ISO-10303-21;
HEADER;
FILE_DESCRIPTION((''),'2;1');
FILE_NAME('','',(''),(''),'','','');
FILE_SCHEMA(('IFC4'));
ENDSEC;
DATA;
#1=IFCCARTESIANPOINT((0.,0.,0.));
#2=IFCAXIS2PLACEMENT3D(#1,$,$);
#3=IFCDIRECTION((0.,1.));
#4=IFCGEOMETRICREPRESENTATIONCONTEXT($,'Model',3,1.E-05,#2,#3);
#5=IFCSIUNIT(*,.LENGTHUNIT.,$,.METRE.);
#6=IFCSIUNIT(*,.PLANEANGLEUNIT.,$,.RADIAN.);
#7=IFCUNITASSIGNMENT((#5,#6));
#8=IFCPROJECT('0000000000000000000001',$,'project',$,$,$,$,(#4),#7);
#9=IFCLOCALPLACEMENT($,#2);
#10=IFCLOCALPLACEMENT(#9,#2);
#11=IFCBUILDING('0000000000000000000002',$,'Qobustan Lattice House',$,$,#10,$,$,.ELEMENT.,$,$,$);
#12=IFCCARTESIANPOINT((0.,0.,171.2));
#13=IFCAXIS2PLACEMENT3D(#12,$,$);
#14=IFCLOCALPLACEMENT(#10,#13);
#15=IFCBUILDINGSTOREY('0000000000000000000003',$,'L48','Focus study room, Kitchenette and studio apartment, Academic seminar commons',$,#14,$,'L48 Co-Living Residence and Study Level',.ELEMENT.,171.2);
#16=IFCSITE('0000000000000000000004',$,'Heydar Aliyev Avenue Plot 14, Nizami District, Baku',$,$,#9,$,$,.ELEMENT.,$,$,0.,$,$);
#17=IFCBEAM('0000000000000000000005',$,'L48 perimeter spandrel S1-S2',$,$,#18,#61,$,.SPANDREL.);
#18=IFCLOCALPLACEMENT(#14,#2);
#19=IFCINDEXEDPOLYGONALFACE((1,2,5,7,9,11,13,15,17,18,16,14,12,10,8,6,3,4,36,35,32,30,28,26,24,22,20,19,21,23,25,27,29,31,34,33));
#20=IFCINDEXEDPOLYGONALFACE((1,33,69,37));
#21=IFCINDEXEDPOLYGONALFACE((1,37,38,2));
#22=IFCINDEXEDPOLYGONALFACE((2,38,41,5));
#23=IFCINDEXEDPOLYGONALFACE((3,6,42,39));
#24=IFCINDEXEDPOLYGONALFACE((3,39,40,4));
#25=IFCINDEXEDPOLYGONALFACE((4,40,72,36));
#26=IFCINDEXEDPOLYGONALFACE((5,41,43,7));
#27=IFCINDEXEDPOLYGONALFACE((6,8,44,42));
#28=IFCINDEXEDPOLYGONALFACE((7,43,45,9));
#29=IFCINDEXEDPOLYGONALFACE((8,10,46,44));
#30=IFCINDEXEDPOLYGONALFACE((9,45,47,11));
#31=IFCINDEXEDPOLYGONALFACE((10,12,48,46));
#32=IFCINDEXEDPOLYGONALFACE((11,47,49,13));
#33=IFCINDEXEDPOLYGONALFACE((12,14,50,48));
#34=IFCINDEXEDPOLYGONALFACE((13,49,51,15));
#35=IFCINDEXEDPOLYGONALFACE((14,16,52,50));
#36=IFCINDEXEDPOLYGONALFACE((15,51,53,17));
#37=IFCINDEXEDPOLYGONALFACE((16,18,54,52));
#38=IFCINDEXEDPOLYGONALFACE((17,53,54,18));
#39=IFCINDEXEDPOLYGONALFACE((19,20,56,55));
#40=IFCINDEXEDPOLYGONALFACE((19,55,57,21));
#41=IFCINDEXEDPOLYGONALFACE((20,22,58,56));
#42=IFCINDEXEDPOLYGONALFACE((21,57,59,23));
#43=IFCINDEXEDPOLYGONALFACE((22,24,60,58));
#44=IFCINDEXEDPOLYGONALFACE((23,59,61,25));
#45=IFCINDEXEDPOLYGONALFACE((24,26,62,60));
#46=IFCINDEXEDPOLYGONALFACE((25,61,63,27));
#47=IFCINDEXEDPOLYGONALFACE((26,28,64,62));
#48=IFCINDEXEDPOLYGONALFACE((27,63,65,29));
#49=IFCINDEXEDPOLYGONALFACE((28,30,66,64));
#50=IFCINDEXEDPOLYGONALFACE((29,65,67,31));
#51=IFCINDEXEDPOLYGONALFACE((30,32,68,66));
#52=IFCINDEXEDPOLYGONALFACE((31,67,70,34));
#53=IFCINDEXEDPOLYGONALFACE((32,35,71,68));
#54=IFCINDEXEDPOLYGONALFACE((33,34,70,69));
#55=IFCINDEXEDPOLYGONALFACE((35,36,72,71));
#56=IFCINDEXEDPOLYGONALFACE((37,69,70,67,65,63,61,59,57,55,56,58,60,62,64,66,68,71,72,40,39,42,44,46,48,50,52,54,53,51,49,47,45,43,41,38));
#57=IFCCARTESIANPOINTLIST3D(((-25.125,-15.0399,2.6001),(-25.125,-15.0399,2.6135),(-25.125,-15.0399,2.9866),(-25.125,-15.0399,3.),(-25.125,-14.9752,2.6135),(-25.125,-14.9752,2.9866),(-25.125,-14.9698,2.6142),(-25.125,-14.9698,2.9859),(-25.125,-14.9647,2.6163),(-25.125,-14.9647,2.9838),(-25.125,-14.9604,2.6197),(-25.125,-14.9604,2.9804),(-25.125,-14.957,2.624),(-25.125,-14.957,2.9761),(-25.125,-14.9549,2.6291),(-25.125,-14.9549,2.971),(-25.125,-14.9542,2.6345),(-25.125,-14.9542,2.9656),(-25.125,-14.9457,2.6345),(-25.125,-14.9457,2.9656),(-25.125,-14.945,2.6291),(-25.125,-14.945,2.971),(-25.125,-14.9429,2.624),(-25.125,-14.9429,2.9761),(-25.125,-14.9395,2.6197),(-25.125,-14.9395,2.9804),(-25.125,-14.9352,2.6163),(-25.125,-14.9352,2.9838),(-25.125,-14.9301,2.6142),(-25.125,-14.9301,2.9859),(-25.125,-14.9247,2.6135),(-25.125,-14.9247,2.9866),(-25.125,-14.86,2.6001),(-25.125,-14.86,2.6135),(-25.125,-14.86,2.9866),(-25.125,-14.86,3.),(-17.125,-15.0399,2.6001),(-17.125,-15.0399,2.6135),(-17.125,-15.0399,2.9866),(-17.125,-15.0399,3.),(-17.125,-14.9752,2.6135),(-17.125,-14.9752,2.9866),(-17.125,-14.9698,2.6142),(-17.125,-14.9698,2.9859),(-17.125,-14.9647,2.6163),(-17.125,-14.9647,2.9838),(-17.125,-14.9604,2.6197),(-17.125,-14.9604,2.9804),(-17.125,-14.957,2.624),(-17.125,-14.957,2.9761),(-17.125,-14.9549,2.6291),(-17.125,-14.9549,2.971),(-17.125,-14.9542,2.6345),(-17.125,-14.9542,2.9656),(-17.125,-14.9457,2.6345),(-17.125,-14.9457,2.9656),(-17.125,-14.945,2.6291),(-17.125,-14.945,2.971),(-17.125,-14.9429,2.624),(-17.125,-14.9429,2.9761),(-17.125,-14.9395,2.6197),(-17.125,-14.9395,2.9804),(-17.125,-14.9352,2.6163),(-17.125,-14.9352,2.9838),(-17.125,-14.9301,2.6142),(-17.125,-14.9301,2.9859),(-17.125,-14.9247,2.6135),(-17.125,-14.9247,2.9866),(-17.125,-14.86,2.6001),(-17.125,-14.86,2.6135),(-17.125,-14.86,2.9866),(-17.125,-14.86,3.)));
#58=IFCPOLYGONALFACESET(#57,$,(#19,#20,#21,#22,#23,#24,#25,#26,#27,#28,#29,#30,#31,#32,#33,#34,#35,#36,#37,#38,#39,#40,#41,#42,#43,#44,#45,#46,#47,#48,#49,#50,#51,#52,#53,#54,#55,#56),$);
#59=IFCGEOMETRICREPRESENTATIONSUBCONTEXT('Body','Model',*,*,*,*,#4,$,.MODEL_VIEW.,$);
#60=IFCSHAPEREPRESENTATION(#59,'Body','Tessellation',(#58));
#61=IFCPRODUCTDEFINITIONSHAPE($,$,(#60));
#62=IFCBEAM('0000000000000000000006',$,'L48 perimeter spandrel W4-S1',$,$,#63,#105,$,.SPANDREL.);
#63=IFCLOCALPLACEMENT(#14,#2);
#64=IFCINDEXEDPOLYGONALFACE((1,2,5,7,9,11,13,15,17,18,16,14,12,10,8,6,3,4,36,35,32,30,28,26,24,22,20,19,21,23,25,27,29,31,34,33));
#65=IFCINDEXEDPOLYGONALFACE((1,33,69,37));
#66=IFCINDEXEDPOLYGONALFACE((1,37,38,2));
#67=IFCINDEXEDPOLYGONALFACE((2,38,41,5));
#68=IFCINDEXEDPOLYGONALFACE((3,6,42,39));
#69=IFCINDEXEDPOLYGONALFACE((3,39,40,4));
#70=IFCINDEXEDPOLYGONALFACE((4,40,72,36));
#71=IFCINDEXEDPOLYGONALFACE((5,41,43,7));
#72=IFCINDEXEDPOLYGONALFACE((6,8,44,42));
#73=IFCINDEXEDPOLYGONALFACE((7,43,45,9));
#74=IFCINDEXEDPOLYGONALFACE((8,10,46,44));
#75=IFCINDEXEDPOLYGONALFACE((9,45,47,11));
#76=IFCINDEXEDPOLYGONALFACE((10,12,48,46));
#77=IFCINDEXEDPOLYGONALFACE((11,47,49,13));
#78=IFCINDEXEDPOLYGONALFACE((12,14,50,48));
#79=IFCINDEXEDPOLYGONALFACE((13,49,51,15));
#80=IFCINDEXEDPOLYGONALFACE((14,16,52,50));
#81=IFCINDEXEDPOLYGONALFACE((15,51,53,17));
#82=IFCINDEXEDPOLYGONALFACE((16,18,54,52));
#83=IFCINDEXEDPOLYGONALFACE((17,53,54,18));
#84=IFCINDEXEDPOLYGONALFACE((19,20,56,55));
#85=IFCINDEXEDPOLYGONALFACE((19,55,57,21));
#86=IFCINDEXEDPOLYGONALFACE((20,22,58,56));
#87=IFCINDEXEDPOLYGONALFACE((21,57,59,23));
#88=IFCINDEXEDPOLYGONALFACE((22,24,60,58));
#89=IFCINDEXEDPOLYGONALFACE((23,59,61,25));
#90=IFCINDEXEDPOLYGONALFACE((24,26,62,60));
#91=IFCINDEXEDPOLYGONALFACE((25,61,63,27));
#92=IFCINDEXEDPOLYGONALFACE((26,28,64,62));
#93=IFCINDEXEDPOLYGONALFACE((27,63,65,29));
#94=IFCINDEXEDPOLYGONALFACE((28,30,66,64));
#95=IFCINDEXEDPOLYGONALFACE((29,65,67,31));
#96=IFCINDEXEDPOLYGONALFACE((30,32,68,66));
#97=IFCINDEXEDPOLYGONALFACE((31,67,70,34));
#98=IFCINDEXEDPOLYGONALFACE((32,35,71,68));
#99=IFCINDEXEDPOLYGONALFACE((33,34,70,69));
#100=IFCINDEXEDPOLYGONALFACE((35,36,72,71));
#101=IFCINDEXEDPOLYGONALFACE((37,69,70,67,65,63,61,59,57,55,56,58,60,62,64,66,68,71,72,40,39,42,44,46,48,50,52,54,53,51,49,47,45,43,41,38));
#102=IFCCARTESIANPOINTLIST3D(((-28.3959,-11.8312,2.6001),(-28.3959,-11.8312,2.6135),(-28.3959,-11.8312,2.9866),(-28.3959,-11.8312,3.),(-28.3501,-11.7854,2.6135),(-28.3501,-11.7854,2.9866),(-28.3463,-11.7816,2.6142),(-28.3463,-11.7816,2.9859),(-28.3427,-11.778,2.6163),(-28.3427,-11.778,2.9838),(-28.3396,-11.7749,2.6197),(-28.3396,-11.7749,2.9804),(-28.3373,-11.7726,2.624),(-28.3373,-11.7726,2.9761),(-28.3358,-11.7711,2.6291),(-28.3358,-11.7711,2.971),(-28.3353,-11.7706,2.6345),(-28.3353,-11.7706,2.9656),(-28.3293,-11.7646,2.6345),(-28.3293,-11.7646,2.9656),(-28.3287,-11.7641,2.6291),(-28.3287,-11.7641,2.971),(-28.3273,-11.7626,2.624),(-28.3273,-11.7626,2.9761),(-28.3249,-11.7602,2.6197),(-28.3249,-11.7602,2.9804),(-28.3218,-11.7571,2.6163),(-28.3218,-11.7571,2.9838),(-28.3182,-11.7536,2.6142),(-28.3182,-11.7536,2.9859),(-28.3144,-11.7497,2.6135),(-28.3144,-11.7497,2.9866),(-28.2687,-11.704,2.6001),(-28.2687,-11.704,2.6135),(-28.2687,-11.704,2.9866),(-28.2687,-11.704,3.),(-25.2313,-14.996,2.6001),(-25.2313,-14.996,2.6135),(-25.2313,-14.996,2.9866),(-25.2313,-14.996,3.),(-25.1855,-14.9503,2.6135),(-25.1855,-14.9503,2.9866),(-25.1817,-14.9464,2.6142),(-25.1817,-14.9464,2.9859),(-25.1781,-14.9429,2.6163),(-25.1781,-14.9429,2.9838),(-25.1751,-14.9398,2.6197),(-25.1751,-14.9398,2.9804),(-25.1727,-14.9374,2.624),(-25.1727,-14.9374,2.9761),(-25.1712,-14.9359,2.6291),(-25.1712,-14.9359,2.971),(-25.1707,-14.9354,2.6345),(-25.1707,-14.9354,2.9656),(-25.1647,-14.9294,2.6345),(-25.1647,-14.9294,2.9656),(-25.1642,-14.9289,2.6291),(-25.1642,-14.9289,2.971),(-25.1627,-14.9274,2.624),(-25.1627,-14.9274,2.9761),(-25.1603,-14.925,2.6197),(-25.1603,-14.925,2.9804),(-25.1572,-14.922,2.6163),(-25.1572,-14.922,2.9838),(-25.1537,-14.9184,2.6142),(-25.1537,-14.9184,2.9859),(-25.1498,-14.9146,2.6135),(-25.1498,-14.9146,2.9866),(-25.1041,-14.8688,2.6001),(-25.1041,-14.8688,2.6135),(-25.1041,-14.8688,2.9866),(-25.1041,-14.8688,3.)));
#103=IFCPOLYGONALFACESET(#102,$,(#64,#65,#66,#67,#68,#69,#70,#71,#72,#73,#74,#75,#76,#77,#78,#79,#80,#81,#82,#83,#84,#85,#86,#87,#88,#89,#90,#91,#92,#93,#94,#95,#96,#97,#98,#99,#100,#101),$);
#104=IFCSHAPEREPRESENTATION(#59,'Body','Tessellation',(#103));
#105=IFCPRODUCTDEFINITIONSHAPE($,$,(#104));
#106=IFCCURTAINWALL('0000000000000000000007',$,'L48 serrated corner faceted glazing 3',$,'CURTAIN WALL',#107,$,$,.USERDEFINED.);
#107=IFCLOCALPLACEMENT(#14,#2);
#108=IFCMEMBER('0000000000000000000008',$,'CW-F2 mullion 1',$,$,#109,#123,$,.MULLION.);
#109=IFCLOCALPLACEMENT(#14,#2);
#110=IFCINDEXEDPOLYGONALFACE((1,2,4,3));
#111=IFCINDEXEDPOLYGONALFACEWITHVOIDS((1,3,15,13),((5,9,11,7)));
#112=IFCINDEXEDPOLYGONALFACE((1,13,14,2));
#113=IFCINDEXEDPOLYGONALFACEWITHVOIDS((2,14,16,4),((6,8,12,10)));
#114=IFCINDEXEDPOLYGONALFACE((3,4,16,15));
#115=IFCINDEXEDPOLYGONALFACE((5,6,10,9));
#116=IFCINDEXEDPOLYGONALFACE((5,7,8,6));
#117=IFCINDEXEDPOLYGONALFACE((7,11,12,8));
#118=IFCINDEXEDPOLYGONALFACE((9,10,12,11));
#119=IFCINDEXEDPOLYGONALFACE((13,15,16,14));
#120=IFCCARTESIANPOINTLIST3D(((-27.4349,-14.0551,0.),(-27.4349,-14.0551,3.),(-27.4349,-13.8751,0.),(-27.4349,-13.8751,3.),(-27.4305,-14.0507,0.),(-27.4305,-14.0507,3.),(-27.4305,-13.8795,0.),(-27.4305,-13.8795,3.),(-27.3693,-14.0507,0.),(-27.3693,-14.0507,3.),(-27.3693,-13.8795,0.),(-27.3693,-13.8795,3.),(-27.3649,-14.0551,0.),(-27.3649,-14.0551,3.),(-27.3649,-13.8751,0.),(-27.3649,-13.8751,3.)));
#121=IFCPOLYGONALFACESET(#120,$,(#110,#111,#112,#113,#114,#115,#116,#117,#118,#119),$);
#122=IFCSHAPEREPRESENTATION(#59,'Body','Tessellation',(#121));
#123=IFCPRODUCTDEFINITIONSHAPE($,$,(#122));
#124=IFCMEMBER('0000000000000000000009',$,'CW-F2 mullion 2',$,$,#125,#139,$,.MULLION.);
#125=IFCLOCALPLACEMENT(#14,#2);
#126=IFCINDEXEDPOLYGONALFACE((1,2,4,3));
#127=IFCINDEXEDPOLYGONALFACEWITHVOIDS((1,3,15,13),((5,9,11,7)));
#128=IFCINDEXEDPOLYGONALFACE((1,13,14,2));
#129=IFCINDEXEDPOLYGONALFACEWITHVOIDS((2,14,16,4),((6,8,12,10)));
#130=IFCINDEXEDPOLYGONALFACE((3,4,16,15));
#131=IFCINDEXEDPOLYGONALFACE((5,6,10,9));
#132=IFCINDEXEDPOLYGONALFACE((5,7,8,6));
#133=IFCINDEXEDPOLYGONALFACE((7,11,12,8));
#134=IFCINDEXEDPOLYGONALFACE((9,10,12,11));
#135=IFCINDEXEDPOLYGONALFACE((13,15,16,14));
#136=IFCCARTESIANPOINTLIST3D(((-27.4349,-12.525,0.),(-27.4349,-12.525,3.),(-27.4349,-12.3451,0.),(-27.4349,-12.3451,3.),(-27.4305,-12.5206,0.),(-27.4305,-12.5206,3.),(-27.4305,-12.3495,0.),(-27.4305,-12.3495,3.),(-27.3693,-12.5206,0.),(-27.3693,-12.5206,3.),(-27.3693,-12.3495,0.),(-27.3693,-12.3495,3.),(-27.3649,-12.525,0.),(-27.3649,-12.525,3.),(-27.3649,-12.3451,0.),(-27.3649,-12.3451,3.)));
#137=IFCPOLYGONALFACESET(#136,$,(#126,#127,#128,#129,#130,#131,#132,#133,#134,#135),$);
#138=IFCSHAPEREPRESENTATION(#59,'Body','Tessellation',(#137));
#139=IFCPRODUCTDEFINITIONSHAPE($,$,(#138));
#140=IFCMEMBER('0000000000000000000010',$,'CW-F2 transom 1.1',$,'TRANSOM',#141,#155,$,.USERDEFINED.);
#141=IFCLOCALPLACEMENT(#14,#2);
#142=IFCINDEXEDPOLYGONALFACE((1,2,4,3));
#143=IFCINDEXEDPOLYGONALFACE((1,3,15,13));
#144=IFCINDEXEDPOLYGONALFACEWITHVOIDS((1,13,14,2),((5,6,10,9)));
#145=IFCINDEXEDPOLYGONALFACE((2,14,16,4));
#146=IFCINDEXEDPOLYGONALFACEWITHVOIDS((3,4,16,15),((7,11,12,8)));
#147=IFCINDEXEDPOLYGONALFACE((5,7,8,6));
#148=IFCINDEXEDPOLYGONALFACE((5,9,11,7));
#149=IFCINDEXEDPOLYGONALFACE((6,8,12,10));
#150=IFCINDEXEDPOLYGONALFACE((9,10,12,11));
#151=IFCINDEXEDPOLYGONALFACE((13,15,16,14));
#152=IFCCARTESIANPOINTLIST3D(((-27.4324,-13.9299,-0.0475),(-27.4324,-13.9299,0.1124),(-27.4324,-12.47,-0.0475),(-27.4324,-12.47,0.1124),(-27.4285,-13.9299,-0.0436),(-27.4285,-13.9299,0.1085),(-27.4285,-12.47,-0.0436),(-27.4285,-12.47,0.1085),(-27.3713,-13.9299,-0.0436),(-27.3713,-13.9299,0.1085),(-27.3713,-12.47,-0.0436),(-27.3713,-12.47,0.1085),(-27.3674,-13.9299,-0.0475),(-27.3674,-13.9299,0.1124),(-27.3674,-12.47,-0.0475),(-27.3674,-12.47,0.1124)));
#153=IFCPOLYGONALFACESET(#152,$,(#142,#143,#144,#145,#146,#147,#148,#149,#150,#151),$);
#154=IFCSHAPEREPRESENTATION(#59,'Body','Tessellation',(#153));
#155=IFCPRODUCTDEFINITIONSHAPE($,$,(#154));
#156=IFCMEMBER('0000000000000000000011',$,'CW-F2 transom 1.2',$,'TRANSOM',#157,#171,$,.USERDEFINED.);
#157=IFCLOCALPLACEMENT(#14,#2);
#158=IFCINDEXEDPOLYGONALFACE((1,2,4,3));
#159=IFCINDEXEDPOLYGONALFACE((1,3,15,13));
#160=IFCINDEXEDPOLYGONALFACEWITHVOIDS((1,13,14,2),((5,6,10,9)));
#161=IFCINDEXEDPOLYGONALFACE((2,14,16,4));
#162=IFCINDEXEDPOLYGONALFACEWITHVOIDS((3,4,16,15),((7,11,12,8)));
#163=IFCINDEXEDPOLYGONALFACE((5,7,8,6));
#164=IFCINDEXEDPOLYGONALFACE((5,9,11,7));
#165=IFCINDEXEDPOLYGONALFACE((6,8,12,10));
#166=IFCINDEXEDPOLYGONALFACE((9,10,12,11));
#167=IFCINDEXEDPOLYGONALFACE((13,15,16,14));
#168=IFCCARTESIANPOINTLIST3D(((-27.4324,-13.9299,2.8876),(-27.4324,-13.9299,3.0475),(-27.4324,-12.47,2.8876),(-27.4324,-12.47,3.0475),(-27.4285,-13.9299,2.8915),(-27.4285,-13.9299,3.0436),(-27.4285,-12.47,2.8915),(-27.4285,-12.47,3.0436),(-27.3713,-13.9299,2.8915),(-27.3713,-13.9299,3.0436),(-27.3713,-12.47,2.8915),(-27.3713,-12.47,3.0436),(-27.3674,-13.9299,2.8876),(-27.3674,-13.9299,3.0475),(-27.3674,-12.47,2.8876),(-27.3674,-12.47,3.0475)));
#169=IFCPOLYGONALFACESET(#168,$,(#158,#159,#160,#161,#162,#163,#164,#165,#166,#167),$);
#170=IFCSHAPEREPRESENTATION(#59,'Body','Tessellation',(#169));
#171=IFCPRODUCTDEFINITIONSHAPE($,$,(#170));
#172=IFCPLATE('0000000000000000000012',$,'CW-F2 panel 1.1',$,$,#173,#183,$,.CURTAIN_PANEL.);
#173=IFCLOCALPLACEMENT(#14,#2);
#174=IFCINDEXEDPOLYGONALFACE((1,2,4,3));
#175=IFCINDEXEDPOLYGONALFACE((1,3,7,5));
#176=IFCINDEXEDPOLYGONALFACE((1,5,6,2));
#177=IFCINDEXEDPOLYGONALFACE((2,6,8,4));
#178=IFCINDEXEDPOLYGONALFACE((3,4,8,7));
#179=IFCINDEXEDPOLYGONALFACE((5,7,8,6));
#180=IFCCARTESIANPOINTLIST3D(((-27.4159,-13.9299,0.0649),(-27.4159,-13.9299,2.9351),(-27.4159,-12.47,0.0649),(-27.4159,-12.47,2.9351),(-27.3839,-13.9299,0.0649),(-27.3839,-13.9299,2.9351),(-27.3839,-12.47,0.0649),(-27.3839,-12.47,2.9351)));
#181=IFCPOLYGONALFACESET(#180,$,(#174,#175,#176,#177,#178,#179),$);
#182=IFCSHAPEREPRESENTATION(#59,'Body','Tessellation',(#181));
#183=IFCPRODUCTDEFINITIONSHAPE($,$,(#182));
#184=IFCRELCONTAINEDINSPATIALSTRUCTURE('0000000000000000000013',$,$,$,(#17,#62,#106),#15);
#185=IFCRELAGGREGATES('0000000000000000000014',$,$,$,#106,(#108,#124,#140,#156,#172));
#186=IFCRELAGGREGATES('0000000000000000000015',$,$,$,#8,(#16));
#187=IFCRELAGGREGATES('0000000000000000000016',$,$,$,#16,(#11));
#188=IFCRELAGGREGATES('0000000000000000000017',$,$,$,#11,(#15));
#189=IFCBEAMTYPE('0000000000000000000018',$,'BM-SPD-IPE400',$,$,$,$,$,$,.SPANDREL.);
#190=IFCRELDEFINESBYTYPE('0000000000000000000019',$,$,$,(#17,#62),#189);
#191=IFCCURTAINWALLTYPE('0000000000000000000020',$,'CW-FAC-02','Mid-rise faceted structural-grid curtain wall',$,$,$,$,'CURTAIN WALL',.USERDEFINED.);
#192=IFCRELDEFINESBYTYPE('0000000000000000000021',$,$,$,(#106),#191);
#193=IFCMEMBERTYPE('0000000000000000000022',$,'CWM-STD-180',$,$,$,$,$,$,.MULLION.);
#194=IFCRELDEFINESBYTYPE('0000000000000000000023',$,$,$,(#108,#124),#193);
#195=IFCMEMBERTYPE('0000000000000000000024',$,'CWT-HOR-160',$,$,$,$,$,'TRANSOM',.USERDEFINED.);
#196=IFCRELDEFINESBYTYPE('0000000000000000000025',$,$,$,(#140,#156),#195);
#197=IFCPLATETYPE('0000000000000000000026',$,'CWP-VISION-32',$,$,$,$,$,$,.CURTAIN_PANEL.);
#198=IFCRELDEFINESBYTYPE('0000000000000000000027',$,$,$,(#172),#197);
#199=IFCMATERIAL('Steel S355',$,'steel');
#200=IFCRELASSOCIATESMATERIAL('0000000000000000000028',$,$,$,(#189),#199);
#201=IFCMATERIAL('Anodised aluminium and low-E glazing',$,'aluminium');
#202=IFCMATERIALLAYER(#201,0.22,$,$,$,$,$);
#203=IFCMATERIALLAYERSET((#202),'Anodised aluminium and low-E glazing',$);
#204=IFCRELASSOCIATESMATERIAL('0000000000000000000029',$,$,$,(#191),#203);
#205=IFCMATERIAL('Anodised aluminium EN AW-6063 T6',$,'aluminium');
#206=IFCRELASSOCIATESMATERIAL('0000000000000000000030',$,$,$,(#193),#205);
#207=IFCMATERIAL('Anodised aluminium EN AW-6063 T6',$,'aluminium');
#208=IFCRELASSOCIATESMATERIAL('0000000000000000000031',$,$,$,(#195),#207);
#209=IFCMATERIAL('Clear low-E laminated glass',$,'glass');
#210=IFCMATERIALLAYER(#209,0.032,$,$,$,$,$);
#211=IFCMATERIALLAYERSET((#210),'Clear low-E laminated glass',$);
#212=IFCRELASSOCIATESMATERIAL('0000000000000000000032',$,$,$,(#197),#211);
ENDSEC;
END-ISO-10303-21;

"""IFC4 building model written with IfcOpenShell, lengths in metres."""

from ifc_helpers import new_model, si_unit, direction, frame, origin, origin_2d, place, context, subcontext, project, spatial, rectangle, hollow_rectangle, i_section, extrude, material, layer, layer_set, material_profile, profile_set, type_object, element, aggregate, save


model = new_model("IFC4")

# Units and contexts
model_context = context("Model", 3, precision=1e-05, world=origin(), true_north=direction((0.0, 1.0)))
body_context = subcontext(model_context, "Body", "Model", "MODEL_VIEW")
ifc_project = project(units=[si_unit("LENGTHUNIT", "METRE"), si_unit("PLANEANGLEUNIT", "RADIAN")], contexts=[model_context])

# Site, building, storey
site_placement = place(None, origin())
site = spatial("IfcSite", under=ifc_project, at=site_placement, Name="Heydar Aliyev Avenue Plot 14, Nizami District, Baku", CompositionType="ELEMENT", RefElevation=0.0)
building_placement = place(site_placement, origin())
building = spatial("IfcBuilding", under=site, at=building_placement, Name="Qobustan Lattice House", CompositionType="ELEMENT")
storey_placement = place(building_placement, frame((0.0, 0.0, 171.2)))
storey = spatial("IfcBuildingStorey", under=building, at=storey_placement, Name="L48", Description="Focus study room, Kitchenette and studio apartment, Academic seminar commons", LongName="L48 Co-Living Residence and Study Level", CompositionType="ELEMENT", Elevation=171.2)

# Beams
ifc_material_1 = material(Name="Steel S355", Category="steel")
ifc_material_profile_1 = material_profile(ifc_material_1, i_section(OverallWidth=0.1799, OverallDepth=0.3999, WebThickness=0.0085, FlangeThickness=0.0134, FilletRadius=0.021, at=origin_2d()), Name="IPE400")
ifc_profile_set_1 = profile_set([ifc_material_profile_1], Name="Steel S355")
beam_type_1 = type_object("IfcBeamType", Name="BM-SPD-IPE400", PredefinedType="SPANDREL", material=ifc_profile_set_1)
beam_1_placement = place(storey_placement, frame((-25.125, -14.95, 2.8), z_axis=(1.0, 0.0, 0.0), x_axis=(0.0, 1.0, 0.0)))
element("IfcBeam", 1, at=beam_1_placement, inside=storey, type_object=beam_type_1, Name="L48 perimeter spandrel S1-S2", PredefinedType="SPANDREL", context=body_context, shape_type="SweptSolid", body=[
    extrude(i_section(OverallWidth=0.1799, OverallDepth=0.3999, WebThickness=0.0085, FlangeThickness=0.0134, FilletRadius=0.021, at=origin_2d()), origin(), (0.0, 0.0, 1.0), 8.0),
])
beam_2_placement = place(storey_placement, frame((-28.3323, -11.7676, 2.8), z_axis=(0.70708, -0.707134, 0.0), x_axis=(0.707134, 0.70708, 0.0)))
element("IfcBeam", 2, at=beam_2_placement, inside=storey, type_object=beam_type_1, Name="L48 perimeter spandrel W4-S1", PredefinedType="SPANDREL", context=body_context, shape_type="SweptSolid", body=[
    extrude(i_section(OverallWidth=0.1799, OverallDepth=0.3999, WebThickness=0.0085, FlangeThickness=0.0134, FilletRadius=0.021, at=origin_2d()), origin(), (0.0, 0.0, 1.0), 4.4756),
])

# Curtain wall, members, plate
ifc_material_2 = material(Name="Anodised aluminium and low-E glazing", Category="aluminium")
ifc_layer_1 = layer(ifc_material_2, 0.22)
ifc_layer_set_1 = layer_set([ifc_layer_1], Name="Anodised aluminium and low-E glazing")
curtain_wall_type = type_object("IfcCurtainWallType", Name="CW-FAC-02", Description="Mid-rise faceted structural-grid curtain wall", ElementType="CURTAIN WALL", PredefinedType="USERDEFINED", material=ifc_layer_set_1)
curtain_wall_placement = place(storey_placement, origin())
curtain_wall = element("IfcCurtainWall", 3, at=curtain_wall_placement, inside=storey, type_object=curtain_wall_type, Name="L48 serrated corner faceted glazing 3", ObjectType="CURTAIN WALL", PredefinedType="USERDEFINED")
ifc_material_3 = material(Name="Anodised aluminium EN AW-6063 T6", Category="aluminium")
ifc_material_profile_2 = material_profile(ifc_material_3, hollow_rectangle(XDim=0.0701, YDim=0.1799, WallThickness=0.0044, at=origin_2d()), Name="CWM-180x70")
ifc_profile_set_2 = profile_set([ifc_material_profile_2], Name="Anodised aluminium EN AW-6063 T6")
member_type_1 = type_object("IfcMemberType", Name="CWM-STD-180", PredefinedType="MULLION", material=ifc_profile_set_2)
member_1_placement = place(storey_placement, frame((-27.3999, -13.9651, 0.0), z_axis=(0.0, 0.0, 1.0), x_axis=(-1.0, 0.0, 0.0)))
member_1 = element("IfcMember", 4, at=member_1_placement, type_object=member_type_1, Name="CW-F2 mullion 1", PredefinedType="MULLION", context=body_context, shape_type="SweptSolid", body=[
    extrude(hollow_rectangle(XDim=0.0701, YDim=0.1799, WallThickness=0.0044, at=origin_2d()), origin(), (0.0, 0.0, 1.0), 3.0),
])
member_2_placement = place(storey_placement, frame((-27.3999, -12.4351, 0.0), z_axis=(0.0, 0.0, 1.0), x_axis=(-1.0, 0.0, 0.0)))
member_2 = element("IfcMember", 5, at=member_2_placement, type_object=member_type_1, Name="CW-F2 mullion 2", PredefinedType="MULLION", context=body_context, shape_type="SweptSolid", body=[
    extrude(hollow_rectangle(XDim=0.0701, YDim=0.1799, WallThickness=0.0044, at=origin_2d()), origin(), (0.0, 0.0, 1.0), 3.0),
])
ifc_material_4 = material(Name="Anodised aluminium EN AW-6063 T6", Category="aluminium")
ifc_material_profile_3 = material_profile(ifc_material_4, hollow_rectangle(XDim=0.0649, YDim=0.1599, WallThickness=0.0039, at=origin_2d()), Name="CWT-160x65")
ifc_profile_set_3 = profile_set([ifc_material_profile_3], Name="Anodised aluminium EN AW-6063 T6")
member_type_2 = type_object("IfcMemberType", Name="CWT-HOR-160", ElementType="TRANSOM", PredefinedType="USERDEFINED", material=ifc_profile_set_3)
member_3_placement = place(storey_placement, frame((-27.3999, -13.9299, 0.0325), z_axis=(0.0, 1.0, 0.0), x_axis=(-1.0, 0.0, 0.0)))
member_3 = element("IfcMember", 6, at=member_3_placement, type_object=member_type_2, Name="CW-F2 transom 1.1", ObjectType="TRANSOM", PredefinedType="USERDEFINED", context=body_context, shape_type="SweptSolid", body=[
    extrude(hollow_rectangle(XDim=0.0649, YDim=0.1599, WallThickness=0.0039, at=origin_2d()), origin(), (0.0, 0.0, 1.0), 1.46),
])
member_4_placement = place(storey_placement, frame((-27.3999, -13.9299, 2.9675), z_axis=(0.0, 1.0, 0.0), x_axis=(-1.0, 0.0, 0.0)))
member_4 = element("IfcMember", 7, at=member_4_placement, type_object=member_type_2, Name="CW-F2 transom 1.2", ObjectType="TRANSOM", PredefinedType="USERDEFINED", context=body_context, shape_type="SweptSolid", body=[
    extrude(hollow_rectangle(XDim=0.0649, YDim=0.1599, WallThickness=0.0039, at=origin_2d()), origin(), (0.0, 0.0, 1.0), 1.46),
])
ifc_material_5 = material(Name="Clear low-E laminated glass", Category="glass")
ifc_layer_2 = layer(ifc_material_5, 0.032)
ifc_layer_set_2 = layer_set([ifc_layer_2], Name="Clear low-E laminated glass")
plate_type_1 = type_object("IfcPlateType", Name="CWP-VISION-32", PredefinedType="CURTAIN_PANEL", material=ifc_layer_set_2)
plate_1_placement = place(storey_placement, frame((-27.3999, -13.2, 0.0649), z_axis=(0.0, 0.0, 1.0), x_axis=(0.0, 1.0, 0.0)))
plate_1 = element("IfcPlate", 8, at=plate_1_placement, type_object=plate_type_1, Name="CW-F2 panel 1.1", PredefinedType="CURTAIN_PANEL", context=body_context, shape_type="SweptSolid", body=[
    extrude(rectangle(XDim=1.46, YDim=0.032, at=origin_2d()), origin(), (0.0, 0.0, 1.0), 2.8701),
])
aggregate(curtain_wall, [member_1, member_2, member_3, member_4, plate_1])

save(model, "model.ifc")
